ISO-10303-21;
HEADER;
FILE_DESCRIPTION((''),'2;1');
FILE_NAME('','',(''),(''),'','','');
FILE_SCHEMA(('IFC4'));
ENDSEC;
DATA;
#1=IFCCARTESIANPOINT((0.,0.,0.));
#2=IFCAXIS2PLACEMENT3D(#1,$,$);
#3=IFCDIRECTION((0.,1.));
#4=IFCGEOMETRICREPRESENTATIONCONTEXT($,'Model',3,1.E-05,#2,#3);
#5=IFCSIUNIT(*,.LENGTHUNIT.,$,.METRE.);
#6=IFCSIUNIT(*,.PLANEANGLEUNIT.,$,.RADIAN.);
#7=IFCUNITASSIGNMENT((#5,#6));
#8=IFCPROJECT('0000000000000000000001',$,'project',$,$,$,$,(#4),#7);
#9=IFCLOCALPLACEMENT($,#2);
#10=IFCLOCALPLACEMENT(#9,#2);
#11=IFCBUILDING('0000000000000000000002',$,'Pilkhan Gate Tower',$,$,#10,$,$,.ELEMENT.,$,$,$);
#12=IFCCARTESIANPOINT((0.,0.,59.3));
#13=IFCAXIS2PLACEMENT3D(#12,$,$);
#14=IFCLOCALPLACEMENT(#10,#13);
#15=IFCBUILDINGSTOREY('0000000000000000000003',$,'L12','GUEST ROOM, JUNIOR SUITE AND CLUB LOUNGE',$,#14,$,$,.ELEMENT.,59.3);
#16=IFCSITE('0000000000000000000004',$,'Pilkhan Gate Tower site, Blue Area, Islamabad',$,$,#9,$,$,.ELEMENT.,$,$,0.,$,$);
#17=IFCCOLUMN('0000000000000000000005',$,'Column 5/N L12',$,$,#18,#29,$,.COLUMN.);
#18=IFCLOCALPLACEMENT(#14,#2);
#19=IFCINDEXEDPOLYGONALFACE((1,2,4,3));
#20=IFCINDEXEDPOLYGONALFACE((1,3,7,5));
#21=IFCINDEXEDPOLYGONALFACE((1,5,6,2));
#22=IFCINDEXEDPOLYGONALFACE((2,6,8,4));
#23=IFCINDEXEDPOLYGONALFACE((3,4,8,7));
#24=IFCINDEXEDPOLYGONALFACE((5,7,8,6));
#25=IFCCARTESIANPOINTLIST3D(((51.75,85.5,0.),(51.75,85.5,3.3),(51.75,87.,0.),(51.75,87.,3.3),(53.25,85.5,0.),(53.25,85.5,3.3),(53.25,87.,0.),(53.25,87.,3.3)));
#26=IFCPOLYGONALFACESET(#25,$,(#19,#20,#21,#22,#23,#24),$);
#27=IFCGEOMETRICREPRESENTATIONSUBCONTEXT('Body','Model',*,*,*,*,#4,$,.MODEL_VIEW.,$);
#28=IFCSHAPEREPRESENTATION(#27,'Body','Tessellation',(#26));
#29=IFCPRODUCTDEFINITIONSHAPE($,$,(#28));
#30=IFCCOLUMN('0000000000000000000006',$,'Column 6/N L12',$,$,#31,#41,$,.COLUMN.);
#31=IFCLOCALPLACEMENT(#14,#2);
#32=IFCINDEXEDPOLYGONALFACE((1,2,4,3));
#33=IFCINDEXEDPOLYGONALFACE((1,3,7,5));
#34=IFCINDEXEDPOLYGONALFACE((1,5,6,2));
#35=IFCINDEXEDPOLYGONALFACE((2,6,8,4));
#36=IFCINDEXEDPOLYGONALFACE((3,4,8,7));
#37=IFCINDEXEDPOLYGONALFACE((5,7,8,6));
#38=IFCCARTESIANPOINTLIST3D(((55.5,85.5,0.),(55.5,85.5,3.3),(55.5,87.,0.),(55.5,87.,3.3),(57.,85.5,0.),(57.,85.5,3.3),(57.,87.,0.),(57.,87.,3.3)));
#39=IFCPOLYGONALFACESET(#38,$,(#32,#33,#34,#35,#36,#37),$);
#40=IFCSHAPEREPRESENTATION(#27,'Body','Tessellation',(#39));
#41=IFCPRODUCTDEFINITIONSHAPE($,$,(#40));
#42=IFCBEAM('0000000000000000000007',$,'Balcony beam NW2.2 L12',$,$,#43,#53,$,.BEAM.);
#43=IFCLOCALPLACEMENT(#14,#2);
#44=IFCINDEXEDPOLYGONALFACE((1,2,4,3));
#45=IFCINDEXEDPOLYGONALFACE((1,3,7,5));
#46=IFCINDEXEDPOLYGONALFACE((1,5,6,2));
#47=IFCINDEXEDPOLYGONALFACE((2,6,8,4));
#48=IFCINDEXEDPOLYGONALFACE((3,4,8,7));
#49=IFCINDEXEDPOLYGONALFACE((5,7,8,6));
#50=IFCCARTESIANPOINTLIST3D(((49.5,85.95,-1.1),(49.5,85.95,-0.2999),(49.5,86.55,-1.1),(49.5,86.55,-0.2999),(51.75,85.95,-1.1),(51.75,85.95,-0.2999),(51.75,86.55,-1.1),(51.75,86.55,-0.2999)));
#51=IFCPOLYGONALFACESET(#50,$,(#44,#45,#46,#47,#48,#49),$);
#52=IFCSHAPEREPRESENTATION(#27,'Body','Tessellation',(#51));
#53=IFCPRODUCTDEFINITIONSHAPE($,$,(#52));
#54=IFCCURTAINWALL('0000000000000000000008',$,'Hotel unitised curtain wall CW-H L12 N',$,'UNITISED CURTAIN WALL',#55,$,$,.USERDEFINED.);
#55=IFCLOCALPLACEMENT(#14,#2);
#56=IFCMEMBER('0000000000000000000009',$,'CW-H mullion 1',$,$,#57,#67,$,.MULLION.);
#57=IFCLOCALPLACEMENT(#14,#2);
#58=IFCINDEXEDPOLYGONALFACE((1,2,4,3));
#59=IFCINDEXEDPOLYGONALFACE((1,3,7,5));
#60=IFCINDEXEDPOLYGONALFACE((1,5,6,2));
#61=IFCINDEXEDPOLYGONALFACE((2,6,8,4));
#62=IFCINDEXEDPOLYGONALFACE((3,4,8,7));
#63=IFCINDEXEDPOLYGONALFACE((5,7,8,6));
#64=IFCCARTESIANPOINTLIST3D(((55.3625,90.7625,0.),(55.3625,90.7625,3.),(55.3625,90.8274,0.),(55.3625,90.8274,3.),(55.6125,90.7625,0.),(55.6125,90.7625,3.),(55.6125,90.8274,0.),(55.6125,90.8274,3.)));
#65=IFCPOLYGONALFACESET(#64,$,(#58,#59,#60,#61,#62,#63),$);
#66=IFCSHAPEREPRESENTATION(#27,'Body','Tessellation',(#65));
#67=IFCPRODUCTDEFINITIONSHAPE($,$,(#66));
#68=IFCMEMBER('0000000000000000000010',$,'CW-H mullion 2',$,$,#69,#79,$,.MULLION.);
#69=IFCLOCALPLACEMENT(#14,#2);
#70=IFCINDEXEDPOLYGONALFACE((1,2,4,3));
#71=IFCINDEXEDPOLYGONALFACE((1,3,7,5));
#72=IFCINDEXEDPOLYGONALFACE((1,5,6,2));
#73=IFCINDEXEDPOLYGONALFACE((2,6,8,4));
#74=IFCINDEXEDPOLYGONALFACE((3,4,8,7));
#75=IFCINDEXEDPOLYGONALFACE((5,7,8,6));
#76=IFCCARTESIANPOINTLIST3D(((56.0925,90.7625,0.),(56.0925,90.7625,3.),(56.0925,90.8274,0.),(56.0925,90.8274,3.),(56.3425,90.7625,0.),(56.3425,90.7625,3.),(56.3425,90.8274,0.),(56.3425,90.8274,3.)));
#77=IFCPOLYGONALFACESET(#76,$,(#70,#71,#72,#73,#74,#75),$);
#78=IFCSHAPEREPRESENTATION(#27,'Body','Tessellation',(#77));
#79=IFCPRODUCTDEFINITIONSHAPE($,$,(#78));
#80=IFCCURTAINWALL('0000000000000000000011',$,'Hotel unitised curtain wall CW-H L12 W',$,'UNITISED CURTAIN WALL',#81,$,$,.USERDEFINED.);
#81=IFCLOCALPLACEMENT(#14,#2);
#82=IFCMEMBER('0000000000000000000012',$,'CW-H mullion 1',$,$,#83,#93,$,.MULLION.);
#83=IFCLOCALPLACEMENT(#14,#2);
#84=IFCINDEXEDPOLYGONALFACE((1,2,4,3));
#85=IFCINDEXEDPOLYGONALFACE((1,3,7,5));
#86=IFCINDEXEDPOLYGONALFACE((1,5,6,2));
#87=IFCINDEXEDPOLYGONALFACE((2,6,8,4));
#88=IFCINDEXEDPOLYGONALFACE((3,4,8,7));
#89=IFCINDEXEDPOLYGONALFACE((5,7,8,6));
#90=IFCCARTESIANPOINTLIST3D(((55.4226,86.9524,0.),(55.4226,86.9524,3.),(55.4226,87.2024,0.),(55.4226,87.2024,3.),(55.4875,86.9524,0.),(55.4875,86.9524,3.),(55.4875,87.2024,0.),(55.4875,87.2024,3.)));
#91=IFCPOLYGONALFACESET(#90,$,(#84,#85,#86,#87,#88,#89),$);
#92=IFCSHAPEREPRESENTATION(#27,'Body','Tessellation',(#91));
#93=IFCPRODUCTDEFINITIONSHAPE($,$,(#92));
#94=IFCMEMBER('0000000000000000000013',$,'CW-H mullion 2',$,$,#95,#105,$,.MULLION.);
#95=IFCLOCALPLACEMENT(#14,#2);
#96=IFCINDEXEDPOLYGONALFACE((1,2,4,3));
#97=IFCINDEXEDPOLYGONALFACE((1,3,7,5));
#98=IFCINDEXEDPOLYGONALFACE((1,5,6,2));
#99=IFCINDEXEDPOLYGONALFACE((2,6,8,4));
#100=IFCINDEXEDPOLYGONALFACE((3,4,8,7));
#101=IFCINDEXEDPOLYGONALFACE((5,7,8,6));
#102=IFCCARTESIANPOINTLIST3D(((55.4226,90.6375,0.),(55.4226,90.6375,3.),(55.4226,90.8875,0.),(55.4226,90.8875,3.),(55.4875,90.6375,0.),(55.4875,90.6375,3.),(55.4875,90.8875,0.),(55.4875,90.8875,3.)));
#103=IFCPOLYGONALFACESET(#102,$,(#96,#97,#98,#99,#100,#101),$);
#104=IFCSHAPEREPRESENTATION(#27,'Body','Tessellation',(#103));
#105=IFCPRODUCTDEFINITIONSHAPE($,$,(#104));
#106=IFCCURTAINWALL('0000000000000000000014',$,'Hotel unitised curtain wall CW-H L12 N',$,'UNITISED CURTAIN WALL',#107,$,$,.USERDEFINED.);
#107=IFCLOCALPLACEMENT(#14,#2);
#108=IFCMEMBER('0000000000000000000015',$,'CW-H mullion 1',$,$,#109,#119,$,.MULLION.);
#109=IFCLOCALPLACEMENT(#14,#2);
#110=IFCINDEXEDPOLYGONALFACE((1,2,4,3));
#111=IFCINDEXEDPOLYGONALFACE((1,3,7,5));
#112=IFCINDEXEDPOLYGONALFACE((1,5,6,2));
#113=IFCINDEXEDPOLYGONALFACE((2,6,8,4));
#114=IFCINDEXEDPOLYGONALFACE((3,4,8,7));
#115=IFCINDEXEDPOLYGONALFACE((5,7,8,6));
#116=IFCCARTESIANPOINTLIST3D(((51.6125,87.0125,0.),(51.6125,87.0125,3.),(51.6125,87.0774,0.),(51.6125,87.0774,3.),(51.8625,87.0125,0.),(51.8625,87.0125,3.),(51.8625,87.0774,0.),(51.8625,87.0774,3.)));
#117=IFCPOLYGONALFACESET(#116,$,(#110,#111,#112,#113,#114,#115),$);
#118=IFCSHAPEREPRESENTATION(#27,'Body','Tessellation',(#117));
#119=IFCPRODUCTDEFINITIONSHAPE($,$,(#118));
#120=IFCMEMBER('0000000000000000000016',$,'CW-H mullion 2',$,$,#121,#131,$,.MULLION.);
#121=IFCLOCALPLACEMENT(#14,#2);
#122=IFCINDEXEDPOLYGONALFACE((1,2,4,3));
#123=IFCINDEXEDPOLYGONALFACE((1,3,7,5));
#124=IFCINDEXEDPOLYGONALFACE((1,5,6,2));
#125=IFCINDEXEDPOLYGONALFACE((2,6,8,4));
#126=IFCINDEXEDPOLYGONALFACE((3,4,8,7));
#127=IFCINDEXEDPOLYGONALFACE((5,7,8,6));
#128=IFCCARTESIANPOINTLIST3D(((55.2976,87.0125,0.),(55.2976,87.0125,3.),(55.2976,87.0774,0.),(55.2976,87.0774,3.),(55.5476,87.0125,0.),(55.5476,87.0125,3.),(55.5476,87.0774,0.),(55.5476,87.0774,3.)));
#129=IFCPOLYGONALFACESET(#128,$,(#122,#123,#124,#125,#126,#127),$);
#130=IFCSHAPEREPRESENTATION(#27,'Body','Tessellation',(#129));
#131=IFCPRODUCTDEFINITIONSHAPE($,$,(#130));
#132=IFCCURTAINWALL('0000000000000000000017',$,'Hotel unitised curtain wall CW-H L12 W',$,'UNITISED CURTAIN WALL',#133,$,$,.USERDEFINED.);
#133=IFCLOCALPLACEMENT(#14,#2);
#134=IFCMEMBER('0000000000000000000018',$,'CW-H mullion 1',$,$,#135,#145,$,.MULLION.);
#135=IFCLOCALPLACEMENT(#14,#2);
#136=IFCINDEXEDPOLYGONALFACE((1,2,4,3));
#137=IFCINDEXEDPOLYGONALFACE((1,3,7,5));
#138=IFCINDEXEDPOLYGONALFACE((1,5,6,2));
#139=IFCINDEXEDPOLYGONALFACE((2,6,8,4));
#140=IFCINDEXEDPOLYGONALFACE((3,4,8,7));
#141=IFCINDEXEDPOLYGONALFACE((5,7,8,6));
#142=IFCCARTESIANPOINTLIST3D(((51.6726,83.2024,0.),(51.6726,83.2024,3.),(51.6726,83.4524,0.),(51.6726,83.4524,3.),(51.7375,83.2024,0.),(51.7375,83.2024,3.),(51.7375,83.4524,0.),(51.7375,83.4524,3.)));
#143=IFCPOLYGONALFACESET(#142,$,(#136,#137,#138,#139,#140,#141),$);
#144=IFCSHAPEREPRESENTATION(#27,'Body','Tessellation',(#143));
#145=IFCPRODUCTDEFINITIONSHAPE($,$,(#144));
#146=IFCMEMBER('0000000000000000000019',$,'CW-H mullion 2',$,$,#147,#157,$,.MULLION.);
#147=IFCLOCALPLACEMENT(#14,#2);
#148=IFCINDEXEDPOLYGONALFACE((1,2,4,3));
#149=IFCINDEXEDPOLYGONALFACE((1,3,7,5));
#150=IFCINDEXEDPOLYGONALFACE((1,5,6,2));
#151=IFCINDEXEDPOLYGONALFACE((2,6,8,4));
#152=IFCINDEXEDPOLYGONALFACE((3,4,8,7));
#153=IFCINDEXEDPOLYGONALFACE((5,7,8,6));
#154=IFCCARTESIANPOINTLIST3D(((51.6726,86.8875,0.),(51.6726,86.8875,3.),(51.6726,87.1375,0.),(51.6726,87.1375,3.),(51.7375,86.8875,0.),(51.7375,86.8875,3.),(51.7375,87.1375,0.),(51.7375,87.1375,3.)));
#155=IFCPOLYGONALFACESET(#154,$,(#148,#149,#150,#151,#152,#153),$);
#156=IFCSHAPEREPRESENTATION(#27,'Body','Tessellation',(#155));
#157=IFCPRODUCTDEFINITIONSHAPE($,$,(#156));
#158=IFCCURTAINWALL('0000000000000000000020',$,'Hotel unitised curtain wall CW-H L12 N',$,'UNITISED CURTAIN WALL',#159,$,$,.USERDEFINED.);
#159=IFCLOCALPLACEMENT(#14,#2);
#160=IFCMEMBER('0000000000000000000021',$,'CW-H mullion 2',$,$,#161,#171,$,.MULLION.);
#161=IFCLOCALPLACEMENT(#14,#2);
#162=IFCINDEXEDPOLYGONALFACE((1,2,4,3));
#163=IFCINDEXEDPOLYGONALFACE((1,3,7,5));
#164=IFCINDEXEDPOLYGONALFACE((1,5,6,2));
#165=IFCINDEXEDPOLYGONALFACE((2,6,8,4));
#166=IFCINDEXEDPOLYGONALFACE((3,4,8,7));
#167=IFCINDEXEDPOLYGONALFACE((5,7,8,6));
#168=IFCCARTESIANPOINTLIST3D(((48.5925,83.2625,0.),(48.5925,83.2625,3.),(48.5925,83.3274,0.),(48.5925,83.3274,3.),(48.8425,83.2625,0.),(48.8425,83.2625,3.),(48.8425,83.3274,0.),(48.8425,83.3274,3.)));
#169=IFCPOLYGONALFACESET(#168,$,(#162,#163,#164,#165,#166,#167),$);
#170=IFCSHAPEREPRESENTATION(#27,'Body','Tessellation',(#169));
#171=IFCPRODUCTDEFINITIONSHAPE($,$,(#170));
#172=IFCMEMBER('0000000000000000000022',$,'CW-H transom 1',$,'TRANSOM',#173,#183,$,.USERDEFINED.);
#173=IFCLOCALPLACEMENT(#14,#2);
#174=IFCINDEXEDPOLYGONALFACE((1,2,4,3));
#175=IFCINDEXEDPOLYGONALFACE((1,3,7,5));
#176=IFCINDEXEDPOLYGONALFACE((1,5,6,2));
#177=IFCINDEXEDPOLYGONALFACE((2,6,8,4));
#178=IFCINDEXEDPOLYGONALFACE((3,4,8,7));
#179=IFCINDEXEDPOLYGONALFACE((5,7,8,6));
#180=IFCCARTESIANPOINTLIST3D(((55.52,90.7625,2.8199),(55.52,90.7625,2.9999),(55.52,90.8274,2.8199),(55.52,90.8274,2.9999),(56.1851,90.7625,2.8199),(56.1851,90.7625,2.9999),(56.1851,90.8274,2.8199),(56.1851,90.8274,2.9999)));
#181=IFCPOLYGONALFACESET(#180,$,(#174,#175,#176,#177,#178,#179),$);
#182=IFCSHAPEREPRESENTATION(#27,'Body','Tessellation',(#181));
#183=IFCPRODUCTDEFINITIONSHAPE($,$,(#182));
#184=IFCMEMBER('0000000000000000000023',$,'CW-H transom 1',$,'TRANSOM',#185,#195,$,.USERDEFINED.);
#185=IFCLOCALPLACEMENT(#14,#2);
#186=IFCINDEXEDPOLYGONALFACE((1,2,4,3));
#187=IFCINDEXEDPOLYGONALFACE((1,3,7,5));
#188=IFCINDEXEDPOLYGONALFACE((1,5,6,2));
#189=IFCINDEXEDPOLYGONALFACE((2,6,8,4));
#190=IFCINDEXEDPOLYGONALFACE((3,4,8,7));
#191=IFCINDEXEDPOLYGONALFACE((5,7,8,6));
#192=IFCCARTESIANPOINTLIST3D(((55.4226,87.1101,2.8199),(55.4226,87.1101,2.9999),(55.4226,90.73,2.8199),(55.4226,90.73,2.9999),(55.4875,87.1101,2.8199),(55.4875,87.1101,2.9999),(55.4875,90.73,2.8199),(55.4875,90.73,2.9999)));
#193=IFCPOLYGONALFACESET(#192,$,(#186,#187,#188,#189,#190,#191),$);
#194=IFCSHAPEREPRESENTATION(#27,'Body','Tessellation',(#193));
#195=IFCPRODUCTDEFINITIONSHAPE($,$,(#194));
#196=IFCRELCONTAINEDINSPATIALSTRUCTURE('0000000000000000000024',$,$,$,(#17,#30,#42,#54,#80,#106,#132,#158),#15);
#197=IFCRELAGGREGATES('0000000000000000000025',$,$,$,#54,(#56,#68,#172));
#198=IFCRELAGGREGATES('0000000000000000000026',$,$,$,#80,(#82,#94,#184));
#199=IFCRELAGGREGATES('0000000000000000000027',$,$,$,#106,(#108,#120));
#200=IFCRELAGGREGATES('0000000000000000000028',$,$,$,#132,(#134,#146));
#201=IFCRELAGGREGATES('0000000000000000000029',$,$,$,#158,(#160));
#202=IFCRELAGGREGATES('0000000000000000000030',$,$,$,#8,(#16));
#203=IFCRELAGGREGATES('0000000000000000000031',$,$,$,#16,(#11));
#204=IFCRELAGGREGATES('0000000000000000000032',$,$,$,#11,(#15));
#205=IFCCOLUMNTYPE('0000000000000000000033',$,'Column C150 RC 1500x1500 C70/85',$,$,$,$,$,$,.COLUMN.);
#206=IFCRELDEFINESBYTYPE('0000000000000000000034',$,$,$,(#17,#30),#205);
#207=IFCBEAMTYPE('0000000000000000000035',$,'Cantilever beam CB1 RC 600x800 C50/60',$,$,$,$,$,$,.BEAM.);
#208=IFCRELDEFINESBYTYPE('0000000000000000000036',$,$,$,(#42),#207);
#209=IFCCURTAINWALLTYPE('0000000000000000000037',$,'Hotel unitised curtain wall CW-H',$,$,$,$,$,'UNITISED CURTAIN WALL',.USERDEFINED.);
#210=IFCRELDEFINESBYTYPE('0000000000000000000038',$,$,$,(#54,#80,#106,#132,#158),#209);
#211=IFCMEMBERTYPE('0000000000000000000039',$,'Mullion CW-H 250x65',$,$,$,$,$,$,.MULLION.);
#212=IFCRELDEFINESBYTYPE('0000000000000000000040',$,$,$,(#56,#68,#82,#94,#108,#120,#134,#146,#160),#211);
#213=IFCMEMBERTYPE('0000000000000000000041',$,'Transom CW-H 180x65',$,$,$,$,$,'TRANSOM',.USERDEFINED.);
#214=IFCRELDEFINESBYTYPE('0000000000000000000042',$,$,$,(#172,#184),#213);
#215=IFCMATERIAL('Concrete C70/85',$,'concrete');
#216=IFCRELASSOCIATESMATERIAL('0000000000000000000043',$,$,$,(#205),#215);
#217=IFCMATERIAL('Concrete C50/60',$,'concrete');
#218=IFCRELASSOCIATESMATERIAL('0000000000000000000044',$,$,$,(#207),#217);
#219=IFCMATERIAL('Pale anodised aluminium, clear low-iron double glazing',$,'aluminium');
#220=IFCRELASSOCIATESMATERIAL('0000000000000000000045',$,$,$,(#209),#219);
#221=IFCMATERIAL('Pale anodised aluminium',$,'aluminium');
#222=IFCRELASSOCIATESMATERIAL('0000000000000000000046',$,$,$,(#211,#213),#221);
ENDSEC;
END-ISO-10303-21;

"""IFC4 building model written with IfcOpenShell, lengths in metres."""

from ifc_helpers import new_model, si_unit, direction, frame, origin, origin_2d, place, context, subcontext, project, spatial, rectangle, extrude, material, material_profile, profile_set, type_object, element, aggregate, save


model = new_model("IFC4")

# Units and contexts
model_context = context("Model", 3, precision=1e-05, world=origin(), true_north=direction((0.0, 1.0)))
body_context = subcontext(model_context, "Body", "Model", "MODEL_VIEW")
ifc_project = project(units=[si_unit("LENGTHUNIT", "METRE"), si_unit("PLANEANGLEUNIT", "RADIAN")], contexts=[model_context])

# Site, building, storey
site_placement = place(None, origin())
site = spatial("IfcSite", under=ifc_project, at=site_placement, Name="Pilkhan Gate Tower site, Blue Area, Islamabad", CompositionType="ELEMENT", RefElevation=0.0)
building_placement = place(site_placement, origin())
building = spatial("IfcBuilding", under=site, at=building_placement, Name="Pilkhan Gate Tower", CompositionType="ELEMENT")
storey_placement = place(building_placement, frame((0.0, 0.0, 59.3)))
storey = spatial("IfcBuildingStorey", under=building, at=storey_placement, Name="L12", Description="GUEST ROOM, JUNIOR SUITE AND CLUB LOUNGE", CompositionType="ELEMENT", Elevation=59.3)

# Columns
ifc_material_1 = material(Name="Concrete C70/85", Category="concrete")
ifc_material_profile_1 = material_profile(ifc_material_1, rectangle(XDim=1.5, YDim=1.5, at=origin_2d()), Name="RC 1500x1500")
ifc_profile_set_1 = profile_set([ifc_material_profile_1], Name="Concrete C70/85")
column_type = type_object("IfcColumnType", Name="Column C150 RC 1500x1500 C70/85", PredefinedType="COLUMN", material=ifc_profile_set_1)
for number, where, z_axis, x_axis, name in (
    (1, (52.5, 86.25, 0.0), (0.0, 0.0, 1.0), (1.0, 0.0, 0.0), "Column 5/N L12"),
    (2, (56.25, 86.25, 0.0), (0.0, 0.0, 1.0), (1.0, 0.0, 0.0), "Column 6/N L12"),
):
    element("IfcColumn", number, at=place(storey_placement, frame(where, z_axis=z_axis, x_axis=x_axis)), inside=storey, type_object=column_type, Name=name, PredefinedType="COLUMN", context=body_context, shape_type="SweptSolid", body=[
        extrude(rectangle(XDim=1.5, YDim=1.5, at=origin_2d()), origin(), (0.0, 0.0, 1.0), 3.3),
    ])

# Beam
ifc_material_2 = material(Name="Concrete C50/60", Category="concrete")
ifc_material_profile_2 = material_profile(ifc_material_2, rectangle(XDim=0.6001, YDim=0.8, at=origin_2d()), Name="RC 600x800")
ifc_profile_set_2 = profile_set([ifc_material_profile_2], Name="Concrete C50/60")
beam_type = type_object("IfcBeamType", Name="Cantilever beam CB1 RC 600x800 C50/60", PredefinedType="BEAM", material=ifc_profile_set_2)
beam_placement = place(storey_placement, frame((51.75, 86.25, -0.7), z_axis=(-1.0, 0.0, 0.0), x_axis=(0.0, -1.0, 0.0)))
element("IfcBeam", 3, at=beam_placement, inside=storey, type_object=beam_type, Name="Balcony beam NW2.2 L12", PredefinedType="BEAM", context=body_context, shape_type="SweptSolid", body=[
    extrude(rectangle(XDim=0.6001, YDim=0.8, at=origin_2d()), origin(), (0.0, 0.0, 1.0), 2.25),
])

# Curtain walls, members
ifc_material_3 = material(Name="Pale anodised aluminium, clear low-iron double glazing", Category="aluminium")
curtain_wall_type = type_object("IfcCurtainWallType", Name="Hotel unitised curtain wall CW-H", ElementType="UNITISED CURTAIN WALL", PredefinedType="USERDEFINED", material=ifc_material_3)
curtain_wall_1_placement = place(storey_placement, origin())
curtain_wall_1 = element("IfcCurtainWall", 4, at=curtain_wall_1_placement, inside=storey, type_object=curtain_wall_type, Name="Hotel unitised curtain wall CW-H L12 N", ObjectType="UNITISED CURTAIN WALL", PredefinedType="USERDEFINED")
ifc_material_4 = material(Name="Pale anodised aluminium", Category="aluminium")
ifc_material_profile_3 = material_profile(ifc_material_4, rectangle(XDim=0.0649, YDim=0.25, at=origin_2d()), Name="Mullion 250x65")
ifc_profile_set_3 = profile_set([ifc_material_profile_3], Name="Pale anodised aluminium")
member_type_1 = type_object("IfcMemberType", Name="Mullion CW-H 250x65", PredefinedType="MULLION", material=ifc_profile_set_3)
member_1_placement = place(storey_placement, frame((55.4875, 90.7949, 0.0), z_axis=(0.0, 0.0, 1.0), x_axis=(0.0, 1.0, 0.0)))
member_1 = element("IfcMember", 5, at=member_1_placement, type_object=member_type_1, Name="CW-H mullion 1", PredefinedType="MULLION", context=body_context, shape_type="SweptSolid", body=[
    extrude(rectangle(XDim=0.0649, YDim=0.25, at=origin_2d()), origin(), (0.0, 0.0, 1.0), 3.0),
])
member_2_placement = place(storey_placement, frame((56.2175, 90.7949, 0.0), z_axis=(0.0, 0.0, 1.0), x_axis=(0.0, 1.0, 0.0)))
member_2 = element("IfcMember", 6, at=member_2_placement, type_object=member_type_1, Name="CW-H mullion 2", PredefinedType="MULLION", context=body_context, shape_type="SweptSolid", body=[
    extrude(rectangle(XDim=0.0649, YDim=0.25, at=origin_2d()), origin(), (0.0, 0.0, 1.0), 3.0),
])
curtain_wall_2_placement = place(storey_placement, origin())
curtain_wall_2 = element("IfcCurtainWall", 7, at=curtain_wall_2_placement, inside=storey, type_object=curtain_wall_type, Name="Hotel unitised curtain wall CW-H L12 W", ObjectType="UNITISED CURTAIN WALL", PredefinedType="USERDEFINED")
member_3_placement = place(storey_placement, frame((55.4551, 87.0774, 0.0), z_axis=(0.0, 0.0, 1.0), x_axis=(-1.0, 0.0, 0.0)))
member_3 = element("IfcMember", 8, at=member_3_placement, type_object=member_type_1, Name="CW-H mullion 1", PredefinedType="MULLION", context=body_context, shape_type="SweptSolid", body=[
    extrude(rectangle(XDim=0.0649, YDim=0.25, at=origin_2d()), origin(), (0.0, 0.0, 1.0), 3.0),
])
member_4_placement = place(storey_placement, frame((55.4551, 90.7625, 0.0), z_axis=(0.0, 0.0, 1.0), x_axis=(-1.0, 0.0, 0.0)))
member_4 = element("IfcMember", 9, at=member_4_placement, type_object=member_type_1, Name="CW-H mullion 2", PredefinedType="MULLION", context=body_context, shape_type="SweptSolid", body=[
    extrude(rectangle(XDim=0.0649, YDim=0.25, at=origin_2d()), origin(), (0.0, 0.0, 1.0), 3.0),
])
curtain_wall_3_placement = place(storey_placement, origin())
curtain_wall_3 = element("IfcCurtainWall", 10, at=curtain_wall_3_placement, inside=storey, type_object=curtain_wall_type, Name="Hotel unitised curtain wall CW-H L12 N", ObjectType="UNITISED CURTAIN WALL", PredefinedType="USERDEFINED")
member_5_placement = place(storey_placement, frame((51.7375, 87.0449, 0.0), z_axis=(0.0, 0.0, 1.0), x_axis=(0.0, 1.0, 0.0)))
member_5 = element("IfcMember", 11, at=member_5_placement, type_object=member_type_1, Name="CW-H mullion 1", PredefinedType="MULLION", context=body_context, shape_type="SweptSolid", body=[
    extrude(rectangle(XDim=0.0649, YDim=0.25, at=origin_2d()), origin(), (0.0, 0.0, 1.0), 3.0),
])
member_6_placement = place(storey_placement, frame((55.4226, 87.0449, 0.0), z_axis=(0.0, 0.0, 1.0), x_axis=(0.0, 1.0, 0.0)))
member_6 = element("IfcMember", 12, at=member_6_placement, type_object=member_type_1, Name="CW-H mullion 2", PredefinedType="MULLION", context=body_context, shape_type="SweptSolid", body=[
    extrude(rectangle(XDim=0.0649, YDim=0.25, at=origin_2d()), origin(), (0.0, 0.0, 1.0), 3.0),
])
curtain_wall_4_placement = place(storey_placement, origin())
curtain_wall_4 = element("IfcCurtainWall", 13, at=curtain_wall_4_placement, inside=storey, type_object=curtain_wall_type, Name="Hotel unitised curtain wall CW-H L12 W", ObjectType="UNITISED CURTAIN WALL", PredefinedType="USERDEFINED")
member_7_placement = place(storey_placement, frame((51.7051, 83.3274, 0.0), z_axis=(0.0, 0.0, 1.0), x_axis=(-1.0, 0.0, 0.0)))
member_7 = element("IfcMember", 14, at=member_7_placement, type_object=member_type_1, Name="CW-H mullion 1", PredefinedType="MULLION", context=body_context, shape_type="SweptSolid", body=[
    extrude(rectangle(XDim=0.0649, YDim=0.25, at=origin_2d()), origin(), (0.0, 0.0, 1.0), 3.0),
])
member_8_placement = place(storey_placement, frame((51.7051, 87.0125, 0.0), z_axis=(0.0, 0.0, 1.0), x_axis=(-1.0, 0.0, 0.0)))
member_8 = element("IfcMember", 15, at=member_8_placement, type_object=member_type_1, Name="CW-H mullion 2", PredefinedType="MULLION", context=body_context, shape_type="SweptSolid", body=[
    extrude(rectangle(XDim=0.0649, YDim=0.25, at=origin_2d()), origin(), (0.0, 0.0, 1.0), 3.0),
])

# Curtain wall, member
curtain_wall_5_placement = place(storey_placement, origin())
curtain_wall_5 = element("IfcCurtainWall", 16, at=curtain_wall_5_placement, inside=storey, type_object=curtain_wall_type, Name="Hotel unitised curtain wall CW-H L12 N", ObjectType="UNITISED CURTAIN WALL", PredefinedType="USERDEFINED")
member_9_placement = place(storey_placement, frame((48.7175, 83.2949, 0.0), z_axis=(0.0, 0.0, 1.0), x_axis=(0.0, 1.0, 0.0)))
member_9 = element("IfcMember", 17, at=member_9_placement, type_object=member_type_1, Name="CW-H mullion 2", PredefinedType="MULLION", context=body_context, shape_type="SweptSolid", body=[
    extrude(rectangle(XDim=0.0649, YDim=0.25, at=origin_2d()), origin(), (0.0, 0.0, 1.0), 3.0),
])

# Members
ifc_material_profile_4 = material_profile(ifc_material_4, rectangle(XDim=0.0649, YDim=0.1799, at=origin_2d()), Name="Transom 180x65")
ifc_profile_set_4 = profile_set([ifc_material_profile_4], Name="Pale anodised aluminium")
member_type_2 = type_object("IfcMemberType", Name="Transom CW-H 180x65", ElementType="TRANSOM", PredefinedType="USERDEFINED", material=ifc_profile_set_4)
member_10_placement = place(storey_placement, frame((55.52, 90.7949, 2.9099), z_axis=(1.0, 0.0, 0.0), x_axis=(0.0, 1.0, 0.0)))
member_10 = element("IfcMember", 18, at=member_10_placement, type_object=member_type_2, Name="CW-H transom 1", ObjectType="TRANSOM", PredefinedType="USERDEFINED", context=body_context, shape_type="SweptSolid", body=[
    extrude(rectangle(XDim=0.0649, YDim=0.1799, at=origin_2d()), origin(), (0.0, 0.0, 1.0), 0.665),
])
member_11_placement = place(storey_placement, frame((55.4551, 87.1101, 2.9099), z_axis=(0.0, 1.0, 0.0), x_axis=(-1.0, 0.0, 0.0)))
member_11 = element("IfcMember", 19, at=member_11_placement, type_object=member_type_2, Name="CW-H transom 1", ObjectType="TRANSOM", PredefinedType="USERDEFINED", context=body_context, shape_type="SweptSolid", body=[
    extrude(rectangle(XDim=0.0649, YDim=0.1799, at=origin_2d()), origin(), (0.0, 0.0, 1.0), 3.6199),
])

aggregate(curtain_wall_1, [member_1, member_2, member_10])
aggregate(curtain_wall_2, [member_3, member_4, member_11])
aggregate(curtain_wall_3, [member_5, member_6])
aggregate(curtain_wall_4, [member_7, member_8])
aggregate(curtain_wall_5, [member_9])

save(model, "model.ifc")
